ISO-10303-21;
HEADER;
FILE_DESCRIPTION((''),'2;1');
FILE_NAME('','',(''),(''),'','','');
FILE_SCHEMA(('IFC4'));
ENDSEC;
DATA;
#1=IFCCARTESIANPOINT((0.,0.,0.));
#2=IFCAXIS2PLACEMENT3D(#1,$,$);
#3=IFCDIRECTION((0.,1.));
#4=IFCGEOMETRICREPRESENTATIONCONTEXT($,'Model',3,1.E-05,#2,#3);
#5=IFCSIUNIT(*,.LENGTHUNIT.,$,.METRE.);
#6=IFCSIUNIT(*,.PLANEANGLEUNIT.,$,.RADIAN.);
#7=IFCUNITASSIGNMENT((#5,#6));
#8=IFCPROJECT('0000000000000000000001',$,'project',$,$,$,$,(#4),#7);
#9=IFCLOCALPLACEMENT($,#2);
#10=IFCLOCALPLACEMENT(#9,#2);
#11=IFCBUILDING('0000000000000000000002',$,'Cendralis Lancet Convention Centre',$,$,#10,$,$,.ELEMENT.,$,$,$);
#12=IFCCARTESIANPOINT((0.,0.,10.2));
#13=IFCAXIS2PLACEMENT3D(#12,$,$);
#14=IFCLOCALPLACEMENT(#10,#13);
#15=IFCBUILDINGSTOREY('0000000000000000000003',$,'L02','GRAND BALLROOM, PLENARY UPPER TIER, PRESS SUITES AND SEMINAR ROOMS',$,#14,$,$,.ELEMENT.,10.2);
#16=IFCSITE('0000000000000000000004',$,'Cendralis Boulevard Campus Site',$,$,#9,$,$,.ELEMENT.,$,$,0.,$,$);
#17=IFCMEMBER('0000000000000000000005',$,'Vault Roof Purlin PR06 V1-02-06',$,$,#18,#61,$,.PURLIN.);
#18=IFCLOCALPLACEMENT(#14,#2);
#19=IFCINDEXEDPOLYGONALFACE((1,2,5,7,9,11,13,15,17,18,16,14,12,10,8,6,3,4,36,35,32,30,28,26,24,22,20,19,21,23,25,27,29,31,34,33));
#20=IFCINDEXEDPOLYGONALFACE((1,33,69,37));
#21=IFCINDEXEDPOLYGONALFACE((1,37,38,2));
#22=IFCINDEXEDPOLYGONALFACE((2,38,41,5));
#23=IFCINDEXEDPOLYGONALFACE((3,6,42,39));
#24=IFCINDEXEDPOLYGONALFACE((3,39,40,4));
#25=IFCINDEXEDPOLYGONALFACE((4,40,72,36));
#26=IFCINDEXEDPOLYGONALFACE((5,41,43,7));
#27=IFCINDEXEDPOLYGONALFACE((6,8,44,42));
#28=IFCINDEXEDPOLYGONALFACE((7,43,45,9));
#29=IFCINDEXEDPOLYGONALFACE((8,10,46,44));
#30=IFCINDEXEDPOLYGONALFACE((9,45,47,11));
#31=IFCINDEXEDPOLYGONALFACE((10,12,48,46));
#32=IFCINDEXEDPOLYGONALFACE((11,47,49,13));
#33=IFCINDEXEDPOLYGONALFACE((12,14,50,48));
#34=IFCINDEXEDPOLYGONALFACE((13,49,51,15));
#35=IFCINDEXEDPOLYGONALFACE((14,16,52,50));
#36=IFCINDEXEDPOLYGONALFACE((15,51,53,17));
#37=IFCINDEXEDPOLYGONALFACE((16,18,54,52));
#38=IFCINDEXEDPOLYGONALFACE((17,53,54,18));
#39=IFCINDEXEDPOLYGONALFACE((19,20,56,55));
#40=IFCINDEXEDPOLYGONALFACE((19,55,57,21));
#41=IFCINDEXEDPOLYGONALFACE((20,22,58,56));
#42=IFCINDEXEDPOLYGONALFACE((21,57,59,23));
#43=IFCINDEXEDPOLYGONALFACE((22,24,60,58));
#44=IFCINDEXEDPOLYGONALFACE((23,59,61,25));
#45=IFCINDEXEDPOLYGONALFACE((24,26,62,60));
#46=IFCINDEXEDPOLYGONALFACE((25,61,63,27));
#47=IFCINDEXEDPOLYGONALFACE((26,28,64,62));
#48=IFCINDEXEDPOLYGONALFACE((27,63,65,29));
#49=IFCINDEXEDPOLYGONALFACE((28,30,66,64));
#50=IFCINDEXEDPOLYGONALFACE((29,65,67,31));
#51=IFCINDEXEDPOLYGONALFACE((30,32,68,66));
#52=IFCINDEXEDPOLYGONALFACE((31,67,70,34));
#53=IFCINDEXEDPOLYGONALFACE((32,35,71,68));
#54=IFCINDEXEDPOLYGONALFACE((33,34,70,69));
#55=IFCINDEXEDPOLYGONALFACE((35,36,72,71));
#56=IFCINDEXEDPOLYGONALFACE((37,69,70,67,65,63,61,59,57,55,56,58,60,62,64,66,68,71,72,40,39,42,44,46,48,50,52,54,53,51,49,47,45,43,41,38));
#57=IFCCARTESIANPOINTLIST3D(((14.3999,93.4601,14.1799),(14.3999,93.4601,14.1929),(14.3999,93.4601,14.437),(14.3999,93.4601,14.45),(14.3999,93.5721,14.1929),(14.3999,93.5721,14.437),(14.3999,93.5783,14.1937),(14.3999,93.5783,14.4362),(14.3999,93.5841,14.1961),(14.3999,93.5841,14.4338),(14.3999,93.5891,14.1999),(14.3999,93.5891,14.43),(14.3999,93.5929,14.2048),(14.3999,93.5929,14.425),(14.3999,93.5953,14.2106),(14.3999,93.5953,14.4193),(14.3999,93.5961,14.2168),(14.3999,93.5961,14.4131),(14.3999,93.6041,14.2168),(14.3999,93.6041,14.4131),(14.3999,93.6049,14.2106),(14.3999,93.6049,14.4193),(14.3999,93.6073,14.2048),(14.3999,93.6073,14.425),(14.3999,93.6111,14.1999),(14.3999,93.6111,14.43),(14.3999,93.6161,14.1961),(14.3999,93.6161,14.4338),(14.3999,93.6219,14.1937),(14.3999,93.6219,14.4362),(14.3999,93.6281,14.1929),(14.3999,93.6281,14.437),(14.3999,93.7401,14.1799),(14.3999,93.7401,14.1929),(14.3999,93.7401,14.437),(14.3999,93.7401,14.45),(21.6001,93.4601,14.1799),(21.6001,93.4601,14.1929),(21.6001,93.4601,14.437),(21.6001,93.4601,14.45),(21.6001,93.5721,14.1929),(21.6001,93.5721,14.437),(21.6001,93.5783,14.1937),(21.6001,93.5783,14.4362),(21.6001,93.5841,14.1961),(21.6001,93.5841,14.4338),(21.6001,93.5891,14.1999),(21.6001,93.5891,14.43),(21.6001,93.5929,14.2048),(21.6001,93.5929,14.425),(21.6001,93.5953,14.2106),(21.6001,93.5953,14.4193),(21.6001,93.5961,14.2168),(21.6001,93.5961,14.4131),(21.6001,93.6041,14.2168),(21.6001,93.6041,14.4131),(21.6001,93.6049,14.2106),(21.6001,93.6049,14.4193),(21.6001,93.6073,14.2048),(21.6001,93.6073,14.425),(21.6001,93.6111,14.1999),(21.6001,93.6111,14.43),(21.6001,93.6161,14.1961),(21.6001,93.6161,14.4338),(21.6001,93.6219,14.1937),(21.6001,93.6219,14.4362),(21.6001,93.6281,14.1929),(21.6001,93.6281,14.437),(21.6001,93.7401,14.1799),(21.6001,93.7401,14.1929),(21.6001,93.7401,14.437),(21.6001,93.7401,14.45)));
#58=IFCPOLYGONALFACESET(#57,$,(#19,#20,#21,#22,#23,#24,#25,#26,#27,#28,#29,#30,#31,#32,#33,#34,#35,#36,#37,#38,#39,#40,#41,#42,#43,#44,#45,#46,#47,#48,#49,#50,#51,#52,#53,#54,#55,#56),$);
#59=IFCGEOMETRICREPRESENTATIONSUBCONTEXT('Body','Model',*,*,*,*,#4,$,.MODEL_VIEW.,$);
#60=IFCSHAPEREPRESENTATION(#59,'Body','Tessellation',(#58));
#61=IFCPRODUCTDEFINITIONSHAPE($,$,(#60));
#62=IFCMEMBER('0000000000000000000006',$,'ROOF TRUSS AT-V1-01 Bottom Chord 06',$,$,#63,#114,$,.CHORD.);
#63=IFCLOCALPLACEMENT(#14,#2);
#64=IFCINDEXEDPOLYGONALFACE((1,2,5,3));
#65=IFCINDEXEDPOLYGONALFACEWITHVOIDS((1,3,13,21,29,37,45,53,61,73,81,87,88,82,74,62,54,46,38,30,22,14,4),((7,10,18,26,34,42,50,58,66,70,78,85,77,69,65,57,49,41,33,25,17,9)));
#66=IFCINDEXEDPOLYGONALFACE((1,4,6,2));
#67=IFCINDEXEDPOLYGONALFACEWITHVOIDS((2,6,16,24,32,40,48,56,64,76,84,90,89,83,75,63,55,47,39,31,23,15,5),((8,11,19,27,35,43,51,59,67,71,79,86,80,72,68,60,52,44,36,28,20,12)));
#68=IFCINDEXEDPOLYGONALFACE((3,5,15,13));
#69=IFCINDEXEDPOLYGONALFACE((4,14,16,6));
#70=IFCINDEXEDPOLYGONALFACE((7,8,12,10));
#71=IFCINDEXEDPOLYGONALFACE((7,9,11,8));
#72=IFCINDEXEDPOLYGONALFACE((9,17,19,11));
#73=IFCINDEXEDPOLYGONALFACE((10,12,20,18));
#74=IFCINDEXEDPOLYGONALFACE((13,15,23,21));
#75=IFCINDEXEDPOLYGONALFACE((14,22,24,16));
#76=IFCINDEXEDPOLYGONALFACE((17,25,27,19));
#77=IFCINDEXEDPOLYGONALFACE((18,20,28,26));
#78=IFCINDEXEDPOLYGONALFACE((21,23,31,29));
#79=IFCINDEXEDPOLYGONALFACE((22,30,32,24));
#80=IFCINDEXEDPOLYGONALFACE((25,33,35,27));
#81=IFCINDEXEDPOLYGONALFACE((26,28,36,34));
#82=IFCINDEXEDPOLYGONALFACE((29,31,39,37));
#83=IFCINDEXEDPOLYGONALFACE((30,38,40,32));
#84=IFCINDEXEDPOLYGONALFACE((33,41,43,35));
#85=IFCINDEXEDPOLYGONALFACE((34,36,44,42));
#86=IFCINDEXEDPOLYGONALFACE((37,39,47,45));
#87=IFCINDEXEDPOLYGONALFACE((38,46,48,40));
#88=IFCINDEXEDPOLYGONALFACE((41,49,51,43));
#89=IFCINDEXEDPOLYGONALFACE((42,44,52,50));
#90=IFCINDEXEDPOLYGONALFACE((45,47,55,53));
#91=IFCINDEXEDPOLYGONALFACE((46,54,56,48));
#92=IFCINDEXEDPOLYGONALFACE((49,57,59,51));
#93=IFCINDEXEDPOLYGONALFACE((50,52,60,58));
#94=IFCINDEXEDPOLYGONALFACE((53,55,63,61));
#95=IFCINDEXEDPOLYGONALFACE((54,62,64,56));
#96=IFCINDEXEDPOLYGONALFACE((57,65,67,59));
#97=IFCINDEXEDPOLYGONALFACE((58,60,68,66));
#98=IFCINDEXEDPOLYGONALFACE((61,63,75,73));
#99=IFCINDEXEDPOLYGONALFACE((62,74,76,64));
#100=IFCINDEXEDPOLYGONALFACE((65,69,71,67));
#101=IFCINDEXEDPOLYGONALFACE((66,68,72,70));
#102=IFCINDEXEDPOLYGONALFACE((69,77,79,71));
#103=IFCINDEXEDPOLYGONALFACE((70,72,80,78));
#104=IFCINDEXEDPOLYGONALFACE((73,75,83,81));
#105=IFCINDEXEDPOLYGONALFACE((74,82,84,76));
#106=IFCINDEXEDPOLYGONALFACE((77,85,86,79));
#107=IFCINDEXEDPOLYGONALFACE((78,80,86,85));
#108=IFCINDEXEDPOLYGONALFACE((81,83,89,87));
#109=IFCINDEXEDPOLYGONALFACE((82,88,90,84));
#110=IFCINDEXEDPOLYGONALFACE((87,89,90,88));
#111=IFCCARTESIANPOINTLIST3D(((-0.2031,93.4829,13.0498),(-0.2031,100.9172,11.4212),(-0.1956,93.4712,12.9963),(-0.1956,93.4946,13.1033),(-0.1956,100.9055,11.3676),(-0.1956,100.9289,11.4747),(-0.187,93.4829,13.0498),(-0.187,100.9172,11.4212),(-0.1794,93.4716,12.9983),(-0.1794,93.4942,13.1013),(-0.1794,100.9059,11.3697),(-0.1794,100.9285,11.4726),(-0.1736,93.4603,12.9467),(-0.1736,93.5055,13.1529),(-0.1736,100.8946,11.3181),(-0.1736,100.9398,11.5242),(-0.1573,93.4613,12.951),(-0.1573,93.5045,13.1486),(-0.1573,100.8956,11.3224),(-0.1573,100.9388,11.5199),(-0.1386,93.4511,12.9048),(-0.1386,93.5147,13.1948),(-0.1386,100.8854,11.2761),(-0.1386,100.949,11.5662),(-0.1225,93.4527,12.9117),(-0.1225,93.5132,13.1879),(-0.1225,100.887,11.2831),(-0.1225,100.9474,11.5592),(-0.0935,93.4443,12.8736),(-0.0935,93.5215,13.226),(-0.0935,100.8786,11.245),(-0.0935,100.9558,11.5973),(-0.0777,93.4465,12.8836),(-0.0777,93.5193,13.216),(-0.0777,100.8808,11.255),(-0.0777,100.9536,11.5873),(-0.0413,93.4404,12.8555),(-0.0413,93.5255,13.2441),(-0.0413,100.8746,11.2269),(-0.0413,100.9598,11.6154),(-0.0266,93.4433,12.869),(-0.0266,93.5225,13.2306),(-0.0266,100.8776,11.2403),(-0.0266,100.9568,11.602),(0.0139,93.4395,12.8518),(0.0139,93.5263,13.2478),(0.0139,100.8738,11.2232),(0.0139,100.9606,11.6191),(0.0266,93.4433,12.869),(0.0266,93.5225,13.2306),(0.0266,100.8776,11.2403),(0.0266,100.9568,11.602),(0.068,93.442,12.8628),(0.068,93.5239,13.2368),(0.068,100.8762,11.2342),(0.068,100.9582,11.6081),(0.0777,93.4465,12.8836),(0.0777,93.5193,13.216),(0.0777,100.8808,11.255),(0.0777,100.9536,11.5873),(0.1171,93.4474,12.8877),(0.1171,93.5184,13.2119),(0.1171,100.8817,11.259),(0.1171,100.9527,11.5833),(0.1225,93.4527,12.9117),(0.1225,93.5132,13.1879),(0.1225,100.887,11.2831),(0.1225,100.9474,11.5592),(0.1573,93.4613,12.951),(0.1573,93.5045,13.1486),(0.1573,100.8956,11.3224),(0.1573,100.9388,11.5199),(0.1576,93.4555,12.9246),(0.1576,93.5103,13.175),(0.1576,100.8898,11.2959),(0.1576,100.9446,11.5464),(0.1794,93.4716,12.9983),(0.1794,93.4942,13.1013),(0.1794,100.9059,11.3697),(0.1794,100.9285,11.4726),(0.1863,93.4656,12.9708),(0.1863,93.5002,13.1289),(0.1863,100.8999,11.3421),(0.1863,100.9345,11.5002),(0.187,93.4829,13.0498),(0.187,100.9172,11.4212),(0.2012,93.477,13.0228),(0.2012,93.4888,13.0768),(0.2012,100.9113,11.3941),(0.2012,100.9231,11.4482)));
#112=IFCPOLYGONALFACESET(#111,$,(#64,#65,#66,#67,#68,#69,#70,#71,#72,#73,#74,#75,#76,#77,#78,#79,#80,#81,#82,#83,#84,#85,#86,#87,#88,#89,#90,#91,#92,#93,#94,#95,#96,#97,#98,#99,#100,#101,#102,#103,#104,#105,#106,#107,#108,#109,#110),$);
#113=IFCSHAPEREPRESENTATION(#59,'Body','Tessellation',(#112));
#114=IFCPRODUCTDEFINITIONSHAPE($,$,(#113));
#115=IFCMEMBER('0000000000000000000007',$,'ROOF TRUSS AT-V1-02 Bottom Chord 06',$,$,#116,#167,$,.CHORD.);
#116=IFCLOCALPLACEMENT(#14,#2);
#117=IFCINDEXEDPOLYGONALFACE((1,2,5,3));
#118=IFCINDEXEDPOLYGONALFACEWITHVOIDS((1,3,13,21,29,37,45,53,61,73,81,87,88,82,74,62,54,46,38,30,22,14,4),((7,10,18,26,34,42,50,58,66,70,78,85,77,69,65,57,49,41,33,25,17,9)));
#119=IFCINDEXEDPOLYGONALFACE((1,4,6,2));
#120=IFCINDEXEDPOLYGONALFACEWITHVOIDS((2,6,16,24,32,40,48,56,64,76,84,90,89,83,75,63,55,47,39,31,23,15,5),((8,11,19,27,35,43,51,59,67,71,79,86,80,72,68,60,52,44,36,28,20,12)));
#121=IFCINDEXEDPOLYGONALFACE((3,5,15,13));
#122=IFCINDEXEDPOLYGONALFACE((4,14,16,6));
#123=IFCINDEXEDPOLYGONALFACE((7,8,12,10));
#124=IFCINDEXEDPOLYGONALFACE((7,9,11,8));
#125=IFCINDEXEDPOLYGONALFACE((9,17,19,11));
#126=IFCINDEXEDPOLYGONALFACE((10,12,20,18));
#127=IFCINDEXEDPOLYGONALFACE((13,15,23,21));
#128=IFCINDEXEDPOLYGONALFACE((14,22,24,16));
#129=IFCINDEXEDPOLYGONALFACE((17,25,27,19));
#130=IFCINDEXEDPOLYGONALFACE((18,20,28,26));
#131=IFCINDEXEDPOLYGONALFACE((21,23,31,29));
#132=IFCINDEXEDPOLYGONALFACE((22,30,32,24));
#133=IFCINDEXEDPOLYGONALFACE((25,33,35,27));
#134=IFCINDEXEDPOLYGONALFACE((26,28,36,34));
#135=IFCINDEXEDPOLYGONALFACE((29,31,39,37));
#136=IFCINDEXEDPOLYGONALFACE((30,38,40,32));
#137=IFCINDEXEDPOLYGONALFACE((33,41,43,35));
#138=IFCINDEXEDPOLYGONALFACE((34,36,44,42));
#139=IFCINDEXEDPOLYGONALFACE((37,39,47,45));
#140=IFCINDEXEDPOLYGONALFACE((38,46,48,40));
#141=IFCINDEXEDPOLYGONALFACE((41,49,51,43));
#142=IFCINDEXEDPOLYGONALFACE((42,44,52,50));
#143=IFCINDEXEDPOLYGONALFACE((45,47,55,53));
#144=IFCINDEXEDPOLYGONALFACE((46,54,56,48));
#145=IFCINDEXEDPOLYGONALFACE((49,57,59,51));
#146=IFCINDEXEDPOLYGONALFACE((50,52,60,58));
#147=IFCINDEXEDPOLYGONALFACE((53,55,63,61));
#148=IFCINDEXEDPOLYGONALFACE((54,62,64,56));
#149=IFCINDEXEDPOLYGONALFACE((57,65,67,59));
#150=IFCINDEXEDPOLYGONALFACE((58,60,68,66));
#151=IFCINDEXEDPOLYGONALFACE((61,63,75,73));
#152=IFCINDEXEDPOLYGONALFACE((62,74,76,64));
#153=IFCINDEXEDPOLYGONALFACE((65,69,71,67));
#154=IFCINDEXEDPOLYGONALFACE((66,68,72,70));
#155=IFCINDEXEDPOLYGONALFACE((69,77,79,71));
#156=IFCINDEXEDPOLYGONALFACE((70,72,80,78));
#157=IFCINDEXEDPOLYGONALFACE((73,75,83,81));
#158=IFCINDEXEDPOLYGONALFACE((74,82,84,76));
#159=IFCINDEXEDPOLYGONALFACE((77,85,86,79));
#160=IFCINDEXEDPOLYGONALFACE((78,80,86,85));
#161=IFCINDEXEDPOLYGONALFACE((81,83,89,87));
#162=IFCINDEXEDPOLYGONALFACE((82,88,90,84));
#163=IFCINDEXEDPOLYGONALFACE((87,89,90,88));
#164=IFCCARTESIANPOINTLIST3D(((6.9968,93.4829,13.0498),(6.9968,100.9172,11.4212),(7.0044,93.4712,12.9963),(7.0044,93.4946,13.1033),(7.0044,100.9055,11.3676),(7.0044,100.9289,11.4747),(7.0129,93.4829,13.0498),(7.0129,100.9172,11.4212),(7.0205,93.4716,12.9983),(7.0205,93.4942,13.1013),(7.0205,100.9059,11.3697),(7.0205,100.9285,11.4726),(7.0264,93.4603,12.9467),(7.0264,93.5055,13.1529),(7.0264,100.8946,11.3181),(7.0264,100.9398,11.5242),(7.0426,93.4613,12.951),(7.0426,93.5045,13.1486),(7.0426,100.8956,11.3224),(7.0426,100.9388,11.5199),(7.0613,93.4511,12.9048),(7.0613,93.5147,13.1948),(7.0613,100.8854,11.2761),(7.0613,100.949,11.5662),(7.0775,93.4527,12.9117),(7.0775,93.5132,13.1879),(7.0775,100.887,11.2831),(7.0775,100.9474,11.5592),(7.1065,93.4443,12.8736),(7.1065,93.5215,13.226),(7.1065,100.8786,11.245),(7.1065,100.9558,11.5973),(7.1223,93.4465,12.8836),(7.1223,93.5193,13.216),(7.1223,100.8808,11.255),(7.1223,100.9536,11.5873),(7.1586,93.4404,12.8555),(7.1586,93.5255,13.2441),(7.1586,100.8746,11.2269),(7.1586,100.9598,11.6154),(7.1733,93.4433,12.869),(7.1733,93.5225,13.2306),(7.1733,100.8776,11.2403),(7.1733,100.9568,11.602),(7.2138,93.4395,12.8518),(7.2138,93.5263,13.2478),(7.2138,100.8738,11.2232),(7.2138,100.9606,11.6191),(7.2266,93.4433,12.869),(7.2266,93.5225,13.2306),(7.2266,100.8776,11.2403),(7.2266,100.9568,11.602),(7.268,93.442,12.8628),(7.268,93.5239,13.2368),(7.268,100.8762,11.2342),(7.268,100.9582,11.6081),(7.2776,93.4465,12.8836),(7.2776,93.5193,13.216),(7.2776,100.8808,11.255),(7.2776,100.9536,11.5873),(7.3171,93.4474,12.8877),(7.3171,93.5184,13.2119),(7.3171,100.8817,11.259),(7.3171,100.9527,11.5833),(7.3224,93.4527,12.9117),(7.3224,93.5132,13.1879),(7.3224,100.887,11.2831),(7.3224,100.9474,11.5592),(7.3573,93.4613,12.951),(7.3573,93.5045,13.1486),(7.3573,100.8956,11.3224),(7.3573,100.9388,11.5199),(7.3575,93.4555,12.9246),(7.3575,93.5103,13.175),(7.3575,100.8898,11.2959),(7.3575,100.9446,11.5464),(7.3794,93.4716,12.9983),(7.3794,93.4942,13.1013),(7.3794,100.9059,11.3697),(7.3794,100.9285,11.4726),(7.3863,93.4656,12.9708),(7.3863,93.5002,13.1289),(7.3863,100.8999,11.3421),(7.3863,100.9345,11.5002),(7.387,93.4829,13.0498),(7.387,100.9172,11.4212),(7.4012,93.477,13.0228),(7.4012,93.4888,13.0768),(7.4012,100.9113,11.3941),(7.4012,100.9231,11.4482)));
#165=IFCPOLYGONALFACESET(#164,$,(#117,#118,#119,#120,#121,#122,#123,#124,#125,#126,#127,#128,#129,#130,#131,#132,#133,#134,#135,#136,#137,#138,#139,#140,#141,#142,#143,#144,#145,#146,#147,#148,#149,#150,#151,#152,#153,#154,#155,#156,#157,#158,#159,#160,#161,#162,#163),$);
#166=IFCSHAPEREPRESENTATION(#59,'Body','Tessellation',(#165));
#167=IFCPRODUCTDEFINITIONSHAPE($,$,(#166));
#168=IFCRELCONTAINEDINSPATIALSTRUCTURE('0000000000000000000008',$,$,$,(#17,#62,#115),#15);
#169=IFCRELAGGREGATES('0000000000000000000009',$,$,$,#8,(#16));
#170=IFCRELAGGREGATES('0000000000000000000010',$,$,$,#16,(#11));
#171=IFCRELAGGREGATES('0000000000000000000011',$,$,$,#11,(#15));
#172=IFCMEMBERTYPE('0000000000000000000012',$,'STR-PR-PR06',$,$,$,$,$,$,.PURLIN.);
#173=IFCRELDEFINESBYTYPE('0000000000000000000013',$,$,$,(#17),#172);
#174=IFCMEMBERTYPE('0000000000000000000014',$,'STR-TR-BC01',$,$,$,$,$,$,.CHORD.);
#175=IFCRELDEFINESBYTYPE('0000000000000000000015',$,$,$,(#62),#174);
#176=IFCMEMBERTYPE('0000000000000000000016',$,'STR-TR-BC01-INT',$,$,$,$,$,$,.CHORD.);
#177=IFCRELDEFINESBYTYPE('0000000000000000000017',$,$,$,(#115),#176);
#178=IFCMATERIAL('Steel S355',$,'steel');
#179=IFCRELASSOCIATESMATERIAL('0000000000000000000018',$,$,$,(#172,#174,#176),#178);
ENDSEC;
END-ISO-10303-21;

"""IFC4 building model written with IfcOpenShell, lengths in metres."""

from ifc_helpers import new_model, si_unit, direction, frame, origin, origin_2d, place, context, subcontext, project, spatial, hollow_circle, i_section, extrude, material, material_profile, profile_set, type_object, element, save


model = new_model("IFC4")

# Units and contexts
model_context = context("Model", 3, precision=1e-05, world=origin(), true_north=direction((0.0, 1.0)))
body_context = subcontext(model_context, "Body", "Model", "MODEL_VIEW")
ifc_project = project(units=[si_unit("LENGTHUNIT", "METRE"), si_unit("PLANEANGLEUNIT", "RADIAN")], contexts=[model_context])

# Site, building, storey
site_placement = place(None, origin())
site = spatial("IfcSite", under=ifc_project, at=site_placement, Name="Cendralis Boulevard Campus Site", CompositionType="ELEMENT", RefElevation=0.0)
building_placement = place(site_placement, origin())
building = spatial("IfcBuilding", under=site, at=building_placement, Name="Cendralis Lancet Convention Centre", CompositionType="ELEMENT")
storey_placement = place(building_placement, frame((0.0, 0.0, 10.2)))
storey = spatial("IfcBuildingStorey", under=building, at=storey_placement, Name="L02", Description="GRAND BALLROOM, PLENARY UPPER TIER, PRESS SUITES AND SEMINAR ROOMS", CompositionType="ELEMENT", Elevation=10.2)

# Members
ifc_material = material(Name="Steel S355", Category="steel")
ifc_material_profile_1 = material_profile(ifc_material, i_section(OverallWidth=0.28, OverallDepth=0.27, WebThickness=0.0081, FlangeThickness=0.0129, FilletRadius=0.0239, at=origin_2d()), Name="HEA 280")
ifc_profile_set_1 = profile_set([ifc_material_profile_1], Name="Steel S355")
member_type_1 = type_object("IfcMemberType", Name="STR-PR-PR06", PredefinedType="PURLIN", material=ifc_profile_set_1)
member_1_placement = place(storey_placement, frame((14.3999, 93.6001, 14.3149), z_axis=(1.0, 0.0, 0.0), x_axis=(0.0, 1.0, 0.0)))
element("IfcMember", 1, at=member_1_placement, inside=storey, type_object=member_type_1, Name="Vault Roof Purlin PR06 V1-02-06", PredefinedType="PURLIN", context=body_context, shape_type="SweptSolid", body=[
    extrude(i_section(OverallWidth=0.28, OverallDepth=0.27, WebThickness=0.0081, FlangeThickness=0.0129, FilletRadius=0.0239, at=origin_2d()), origin(), (0.0, 0.0, 1.0), 7.2002),
])
ifc_material_profile_2 = material_profile(ifc_material, hollow_circle(Radius=0.2031, WallThickness=0.0161, at=origin_2d()), Name="CHS 406.4x16.0")
ifc_profile_set_2 = profile_set([ifc_material_profile_2], Name="Steel S355")
member_type_2 = type_object("IfcMemberType", Name="STR-TR-BC01", PredefinedType="CHORD", material=ifc_profile_set_2)
member_2_placement = place(storey_placement, frame((0.0, 93.4829, 13.0498), z_axis=(0.0, 0.976834, -0.213998), x_axis=(-1.0, 0.0, 0.0)))
element("IfcMember", 2, at=member_2_placement, inside=storey, type_object=member_type_2, Name="ROOF TRUSS AT-V1-01 Bottom Chord 06", PredefinedType="CHORD", context=body_context, shape_type="SweptSolid", body=[
    extrude(hollow_circle(Radius=0.2031, WallThickness=0.0161, at=origin_2d()), origin(), (0.0, 0.0, 1.0), 7.6106),
])
ifc_material_profile_3 = material_profile(ifc_material, hollow_circle(Radius=0.2031, WallThickness=0.0161, at=origin_2d()), Name="CHS 406.4x16.0")
ifc_profile_set_3 = profile_set([ifc_material_profile_3], Name="Steel S355")
member_type_3 = type_object("IfcMemberType", Name="STR-TR-BC01-INT", PredefinedType="CHORD", material=ifc_profile_set_3)
for number, where, z_axis, x_axis, name in (
    (3, (7.2, 93.4829, 13.0498), (0.0, 0.976834, -0.213998), (-1.0, 0.0, 0.0), "ROOF TRUSS AT-V1-02 Bottom Chord 06"),
):
    element("IfcMember", number, at=place(storey_placement, frame(where, z_axis=z_axis, x_axis=x_axis)), inside=storey, type_object=member_type_3, Name=name, PredefinedType="CHORD", context=body_context, shape_type="SweptSolid", body=[
        extrude(hollow_circle(Radius=0.2031, WallThickness=0.0161, at=origin_2d()), origin(), (0.0, 0.0, 1.0), 7.6106),
    ])

save(model, "model.ifc")
